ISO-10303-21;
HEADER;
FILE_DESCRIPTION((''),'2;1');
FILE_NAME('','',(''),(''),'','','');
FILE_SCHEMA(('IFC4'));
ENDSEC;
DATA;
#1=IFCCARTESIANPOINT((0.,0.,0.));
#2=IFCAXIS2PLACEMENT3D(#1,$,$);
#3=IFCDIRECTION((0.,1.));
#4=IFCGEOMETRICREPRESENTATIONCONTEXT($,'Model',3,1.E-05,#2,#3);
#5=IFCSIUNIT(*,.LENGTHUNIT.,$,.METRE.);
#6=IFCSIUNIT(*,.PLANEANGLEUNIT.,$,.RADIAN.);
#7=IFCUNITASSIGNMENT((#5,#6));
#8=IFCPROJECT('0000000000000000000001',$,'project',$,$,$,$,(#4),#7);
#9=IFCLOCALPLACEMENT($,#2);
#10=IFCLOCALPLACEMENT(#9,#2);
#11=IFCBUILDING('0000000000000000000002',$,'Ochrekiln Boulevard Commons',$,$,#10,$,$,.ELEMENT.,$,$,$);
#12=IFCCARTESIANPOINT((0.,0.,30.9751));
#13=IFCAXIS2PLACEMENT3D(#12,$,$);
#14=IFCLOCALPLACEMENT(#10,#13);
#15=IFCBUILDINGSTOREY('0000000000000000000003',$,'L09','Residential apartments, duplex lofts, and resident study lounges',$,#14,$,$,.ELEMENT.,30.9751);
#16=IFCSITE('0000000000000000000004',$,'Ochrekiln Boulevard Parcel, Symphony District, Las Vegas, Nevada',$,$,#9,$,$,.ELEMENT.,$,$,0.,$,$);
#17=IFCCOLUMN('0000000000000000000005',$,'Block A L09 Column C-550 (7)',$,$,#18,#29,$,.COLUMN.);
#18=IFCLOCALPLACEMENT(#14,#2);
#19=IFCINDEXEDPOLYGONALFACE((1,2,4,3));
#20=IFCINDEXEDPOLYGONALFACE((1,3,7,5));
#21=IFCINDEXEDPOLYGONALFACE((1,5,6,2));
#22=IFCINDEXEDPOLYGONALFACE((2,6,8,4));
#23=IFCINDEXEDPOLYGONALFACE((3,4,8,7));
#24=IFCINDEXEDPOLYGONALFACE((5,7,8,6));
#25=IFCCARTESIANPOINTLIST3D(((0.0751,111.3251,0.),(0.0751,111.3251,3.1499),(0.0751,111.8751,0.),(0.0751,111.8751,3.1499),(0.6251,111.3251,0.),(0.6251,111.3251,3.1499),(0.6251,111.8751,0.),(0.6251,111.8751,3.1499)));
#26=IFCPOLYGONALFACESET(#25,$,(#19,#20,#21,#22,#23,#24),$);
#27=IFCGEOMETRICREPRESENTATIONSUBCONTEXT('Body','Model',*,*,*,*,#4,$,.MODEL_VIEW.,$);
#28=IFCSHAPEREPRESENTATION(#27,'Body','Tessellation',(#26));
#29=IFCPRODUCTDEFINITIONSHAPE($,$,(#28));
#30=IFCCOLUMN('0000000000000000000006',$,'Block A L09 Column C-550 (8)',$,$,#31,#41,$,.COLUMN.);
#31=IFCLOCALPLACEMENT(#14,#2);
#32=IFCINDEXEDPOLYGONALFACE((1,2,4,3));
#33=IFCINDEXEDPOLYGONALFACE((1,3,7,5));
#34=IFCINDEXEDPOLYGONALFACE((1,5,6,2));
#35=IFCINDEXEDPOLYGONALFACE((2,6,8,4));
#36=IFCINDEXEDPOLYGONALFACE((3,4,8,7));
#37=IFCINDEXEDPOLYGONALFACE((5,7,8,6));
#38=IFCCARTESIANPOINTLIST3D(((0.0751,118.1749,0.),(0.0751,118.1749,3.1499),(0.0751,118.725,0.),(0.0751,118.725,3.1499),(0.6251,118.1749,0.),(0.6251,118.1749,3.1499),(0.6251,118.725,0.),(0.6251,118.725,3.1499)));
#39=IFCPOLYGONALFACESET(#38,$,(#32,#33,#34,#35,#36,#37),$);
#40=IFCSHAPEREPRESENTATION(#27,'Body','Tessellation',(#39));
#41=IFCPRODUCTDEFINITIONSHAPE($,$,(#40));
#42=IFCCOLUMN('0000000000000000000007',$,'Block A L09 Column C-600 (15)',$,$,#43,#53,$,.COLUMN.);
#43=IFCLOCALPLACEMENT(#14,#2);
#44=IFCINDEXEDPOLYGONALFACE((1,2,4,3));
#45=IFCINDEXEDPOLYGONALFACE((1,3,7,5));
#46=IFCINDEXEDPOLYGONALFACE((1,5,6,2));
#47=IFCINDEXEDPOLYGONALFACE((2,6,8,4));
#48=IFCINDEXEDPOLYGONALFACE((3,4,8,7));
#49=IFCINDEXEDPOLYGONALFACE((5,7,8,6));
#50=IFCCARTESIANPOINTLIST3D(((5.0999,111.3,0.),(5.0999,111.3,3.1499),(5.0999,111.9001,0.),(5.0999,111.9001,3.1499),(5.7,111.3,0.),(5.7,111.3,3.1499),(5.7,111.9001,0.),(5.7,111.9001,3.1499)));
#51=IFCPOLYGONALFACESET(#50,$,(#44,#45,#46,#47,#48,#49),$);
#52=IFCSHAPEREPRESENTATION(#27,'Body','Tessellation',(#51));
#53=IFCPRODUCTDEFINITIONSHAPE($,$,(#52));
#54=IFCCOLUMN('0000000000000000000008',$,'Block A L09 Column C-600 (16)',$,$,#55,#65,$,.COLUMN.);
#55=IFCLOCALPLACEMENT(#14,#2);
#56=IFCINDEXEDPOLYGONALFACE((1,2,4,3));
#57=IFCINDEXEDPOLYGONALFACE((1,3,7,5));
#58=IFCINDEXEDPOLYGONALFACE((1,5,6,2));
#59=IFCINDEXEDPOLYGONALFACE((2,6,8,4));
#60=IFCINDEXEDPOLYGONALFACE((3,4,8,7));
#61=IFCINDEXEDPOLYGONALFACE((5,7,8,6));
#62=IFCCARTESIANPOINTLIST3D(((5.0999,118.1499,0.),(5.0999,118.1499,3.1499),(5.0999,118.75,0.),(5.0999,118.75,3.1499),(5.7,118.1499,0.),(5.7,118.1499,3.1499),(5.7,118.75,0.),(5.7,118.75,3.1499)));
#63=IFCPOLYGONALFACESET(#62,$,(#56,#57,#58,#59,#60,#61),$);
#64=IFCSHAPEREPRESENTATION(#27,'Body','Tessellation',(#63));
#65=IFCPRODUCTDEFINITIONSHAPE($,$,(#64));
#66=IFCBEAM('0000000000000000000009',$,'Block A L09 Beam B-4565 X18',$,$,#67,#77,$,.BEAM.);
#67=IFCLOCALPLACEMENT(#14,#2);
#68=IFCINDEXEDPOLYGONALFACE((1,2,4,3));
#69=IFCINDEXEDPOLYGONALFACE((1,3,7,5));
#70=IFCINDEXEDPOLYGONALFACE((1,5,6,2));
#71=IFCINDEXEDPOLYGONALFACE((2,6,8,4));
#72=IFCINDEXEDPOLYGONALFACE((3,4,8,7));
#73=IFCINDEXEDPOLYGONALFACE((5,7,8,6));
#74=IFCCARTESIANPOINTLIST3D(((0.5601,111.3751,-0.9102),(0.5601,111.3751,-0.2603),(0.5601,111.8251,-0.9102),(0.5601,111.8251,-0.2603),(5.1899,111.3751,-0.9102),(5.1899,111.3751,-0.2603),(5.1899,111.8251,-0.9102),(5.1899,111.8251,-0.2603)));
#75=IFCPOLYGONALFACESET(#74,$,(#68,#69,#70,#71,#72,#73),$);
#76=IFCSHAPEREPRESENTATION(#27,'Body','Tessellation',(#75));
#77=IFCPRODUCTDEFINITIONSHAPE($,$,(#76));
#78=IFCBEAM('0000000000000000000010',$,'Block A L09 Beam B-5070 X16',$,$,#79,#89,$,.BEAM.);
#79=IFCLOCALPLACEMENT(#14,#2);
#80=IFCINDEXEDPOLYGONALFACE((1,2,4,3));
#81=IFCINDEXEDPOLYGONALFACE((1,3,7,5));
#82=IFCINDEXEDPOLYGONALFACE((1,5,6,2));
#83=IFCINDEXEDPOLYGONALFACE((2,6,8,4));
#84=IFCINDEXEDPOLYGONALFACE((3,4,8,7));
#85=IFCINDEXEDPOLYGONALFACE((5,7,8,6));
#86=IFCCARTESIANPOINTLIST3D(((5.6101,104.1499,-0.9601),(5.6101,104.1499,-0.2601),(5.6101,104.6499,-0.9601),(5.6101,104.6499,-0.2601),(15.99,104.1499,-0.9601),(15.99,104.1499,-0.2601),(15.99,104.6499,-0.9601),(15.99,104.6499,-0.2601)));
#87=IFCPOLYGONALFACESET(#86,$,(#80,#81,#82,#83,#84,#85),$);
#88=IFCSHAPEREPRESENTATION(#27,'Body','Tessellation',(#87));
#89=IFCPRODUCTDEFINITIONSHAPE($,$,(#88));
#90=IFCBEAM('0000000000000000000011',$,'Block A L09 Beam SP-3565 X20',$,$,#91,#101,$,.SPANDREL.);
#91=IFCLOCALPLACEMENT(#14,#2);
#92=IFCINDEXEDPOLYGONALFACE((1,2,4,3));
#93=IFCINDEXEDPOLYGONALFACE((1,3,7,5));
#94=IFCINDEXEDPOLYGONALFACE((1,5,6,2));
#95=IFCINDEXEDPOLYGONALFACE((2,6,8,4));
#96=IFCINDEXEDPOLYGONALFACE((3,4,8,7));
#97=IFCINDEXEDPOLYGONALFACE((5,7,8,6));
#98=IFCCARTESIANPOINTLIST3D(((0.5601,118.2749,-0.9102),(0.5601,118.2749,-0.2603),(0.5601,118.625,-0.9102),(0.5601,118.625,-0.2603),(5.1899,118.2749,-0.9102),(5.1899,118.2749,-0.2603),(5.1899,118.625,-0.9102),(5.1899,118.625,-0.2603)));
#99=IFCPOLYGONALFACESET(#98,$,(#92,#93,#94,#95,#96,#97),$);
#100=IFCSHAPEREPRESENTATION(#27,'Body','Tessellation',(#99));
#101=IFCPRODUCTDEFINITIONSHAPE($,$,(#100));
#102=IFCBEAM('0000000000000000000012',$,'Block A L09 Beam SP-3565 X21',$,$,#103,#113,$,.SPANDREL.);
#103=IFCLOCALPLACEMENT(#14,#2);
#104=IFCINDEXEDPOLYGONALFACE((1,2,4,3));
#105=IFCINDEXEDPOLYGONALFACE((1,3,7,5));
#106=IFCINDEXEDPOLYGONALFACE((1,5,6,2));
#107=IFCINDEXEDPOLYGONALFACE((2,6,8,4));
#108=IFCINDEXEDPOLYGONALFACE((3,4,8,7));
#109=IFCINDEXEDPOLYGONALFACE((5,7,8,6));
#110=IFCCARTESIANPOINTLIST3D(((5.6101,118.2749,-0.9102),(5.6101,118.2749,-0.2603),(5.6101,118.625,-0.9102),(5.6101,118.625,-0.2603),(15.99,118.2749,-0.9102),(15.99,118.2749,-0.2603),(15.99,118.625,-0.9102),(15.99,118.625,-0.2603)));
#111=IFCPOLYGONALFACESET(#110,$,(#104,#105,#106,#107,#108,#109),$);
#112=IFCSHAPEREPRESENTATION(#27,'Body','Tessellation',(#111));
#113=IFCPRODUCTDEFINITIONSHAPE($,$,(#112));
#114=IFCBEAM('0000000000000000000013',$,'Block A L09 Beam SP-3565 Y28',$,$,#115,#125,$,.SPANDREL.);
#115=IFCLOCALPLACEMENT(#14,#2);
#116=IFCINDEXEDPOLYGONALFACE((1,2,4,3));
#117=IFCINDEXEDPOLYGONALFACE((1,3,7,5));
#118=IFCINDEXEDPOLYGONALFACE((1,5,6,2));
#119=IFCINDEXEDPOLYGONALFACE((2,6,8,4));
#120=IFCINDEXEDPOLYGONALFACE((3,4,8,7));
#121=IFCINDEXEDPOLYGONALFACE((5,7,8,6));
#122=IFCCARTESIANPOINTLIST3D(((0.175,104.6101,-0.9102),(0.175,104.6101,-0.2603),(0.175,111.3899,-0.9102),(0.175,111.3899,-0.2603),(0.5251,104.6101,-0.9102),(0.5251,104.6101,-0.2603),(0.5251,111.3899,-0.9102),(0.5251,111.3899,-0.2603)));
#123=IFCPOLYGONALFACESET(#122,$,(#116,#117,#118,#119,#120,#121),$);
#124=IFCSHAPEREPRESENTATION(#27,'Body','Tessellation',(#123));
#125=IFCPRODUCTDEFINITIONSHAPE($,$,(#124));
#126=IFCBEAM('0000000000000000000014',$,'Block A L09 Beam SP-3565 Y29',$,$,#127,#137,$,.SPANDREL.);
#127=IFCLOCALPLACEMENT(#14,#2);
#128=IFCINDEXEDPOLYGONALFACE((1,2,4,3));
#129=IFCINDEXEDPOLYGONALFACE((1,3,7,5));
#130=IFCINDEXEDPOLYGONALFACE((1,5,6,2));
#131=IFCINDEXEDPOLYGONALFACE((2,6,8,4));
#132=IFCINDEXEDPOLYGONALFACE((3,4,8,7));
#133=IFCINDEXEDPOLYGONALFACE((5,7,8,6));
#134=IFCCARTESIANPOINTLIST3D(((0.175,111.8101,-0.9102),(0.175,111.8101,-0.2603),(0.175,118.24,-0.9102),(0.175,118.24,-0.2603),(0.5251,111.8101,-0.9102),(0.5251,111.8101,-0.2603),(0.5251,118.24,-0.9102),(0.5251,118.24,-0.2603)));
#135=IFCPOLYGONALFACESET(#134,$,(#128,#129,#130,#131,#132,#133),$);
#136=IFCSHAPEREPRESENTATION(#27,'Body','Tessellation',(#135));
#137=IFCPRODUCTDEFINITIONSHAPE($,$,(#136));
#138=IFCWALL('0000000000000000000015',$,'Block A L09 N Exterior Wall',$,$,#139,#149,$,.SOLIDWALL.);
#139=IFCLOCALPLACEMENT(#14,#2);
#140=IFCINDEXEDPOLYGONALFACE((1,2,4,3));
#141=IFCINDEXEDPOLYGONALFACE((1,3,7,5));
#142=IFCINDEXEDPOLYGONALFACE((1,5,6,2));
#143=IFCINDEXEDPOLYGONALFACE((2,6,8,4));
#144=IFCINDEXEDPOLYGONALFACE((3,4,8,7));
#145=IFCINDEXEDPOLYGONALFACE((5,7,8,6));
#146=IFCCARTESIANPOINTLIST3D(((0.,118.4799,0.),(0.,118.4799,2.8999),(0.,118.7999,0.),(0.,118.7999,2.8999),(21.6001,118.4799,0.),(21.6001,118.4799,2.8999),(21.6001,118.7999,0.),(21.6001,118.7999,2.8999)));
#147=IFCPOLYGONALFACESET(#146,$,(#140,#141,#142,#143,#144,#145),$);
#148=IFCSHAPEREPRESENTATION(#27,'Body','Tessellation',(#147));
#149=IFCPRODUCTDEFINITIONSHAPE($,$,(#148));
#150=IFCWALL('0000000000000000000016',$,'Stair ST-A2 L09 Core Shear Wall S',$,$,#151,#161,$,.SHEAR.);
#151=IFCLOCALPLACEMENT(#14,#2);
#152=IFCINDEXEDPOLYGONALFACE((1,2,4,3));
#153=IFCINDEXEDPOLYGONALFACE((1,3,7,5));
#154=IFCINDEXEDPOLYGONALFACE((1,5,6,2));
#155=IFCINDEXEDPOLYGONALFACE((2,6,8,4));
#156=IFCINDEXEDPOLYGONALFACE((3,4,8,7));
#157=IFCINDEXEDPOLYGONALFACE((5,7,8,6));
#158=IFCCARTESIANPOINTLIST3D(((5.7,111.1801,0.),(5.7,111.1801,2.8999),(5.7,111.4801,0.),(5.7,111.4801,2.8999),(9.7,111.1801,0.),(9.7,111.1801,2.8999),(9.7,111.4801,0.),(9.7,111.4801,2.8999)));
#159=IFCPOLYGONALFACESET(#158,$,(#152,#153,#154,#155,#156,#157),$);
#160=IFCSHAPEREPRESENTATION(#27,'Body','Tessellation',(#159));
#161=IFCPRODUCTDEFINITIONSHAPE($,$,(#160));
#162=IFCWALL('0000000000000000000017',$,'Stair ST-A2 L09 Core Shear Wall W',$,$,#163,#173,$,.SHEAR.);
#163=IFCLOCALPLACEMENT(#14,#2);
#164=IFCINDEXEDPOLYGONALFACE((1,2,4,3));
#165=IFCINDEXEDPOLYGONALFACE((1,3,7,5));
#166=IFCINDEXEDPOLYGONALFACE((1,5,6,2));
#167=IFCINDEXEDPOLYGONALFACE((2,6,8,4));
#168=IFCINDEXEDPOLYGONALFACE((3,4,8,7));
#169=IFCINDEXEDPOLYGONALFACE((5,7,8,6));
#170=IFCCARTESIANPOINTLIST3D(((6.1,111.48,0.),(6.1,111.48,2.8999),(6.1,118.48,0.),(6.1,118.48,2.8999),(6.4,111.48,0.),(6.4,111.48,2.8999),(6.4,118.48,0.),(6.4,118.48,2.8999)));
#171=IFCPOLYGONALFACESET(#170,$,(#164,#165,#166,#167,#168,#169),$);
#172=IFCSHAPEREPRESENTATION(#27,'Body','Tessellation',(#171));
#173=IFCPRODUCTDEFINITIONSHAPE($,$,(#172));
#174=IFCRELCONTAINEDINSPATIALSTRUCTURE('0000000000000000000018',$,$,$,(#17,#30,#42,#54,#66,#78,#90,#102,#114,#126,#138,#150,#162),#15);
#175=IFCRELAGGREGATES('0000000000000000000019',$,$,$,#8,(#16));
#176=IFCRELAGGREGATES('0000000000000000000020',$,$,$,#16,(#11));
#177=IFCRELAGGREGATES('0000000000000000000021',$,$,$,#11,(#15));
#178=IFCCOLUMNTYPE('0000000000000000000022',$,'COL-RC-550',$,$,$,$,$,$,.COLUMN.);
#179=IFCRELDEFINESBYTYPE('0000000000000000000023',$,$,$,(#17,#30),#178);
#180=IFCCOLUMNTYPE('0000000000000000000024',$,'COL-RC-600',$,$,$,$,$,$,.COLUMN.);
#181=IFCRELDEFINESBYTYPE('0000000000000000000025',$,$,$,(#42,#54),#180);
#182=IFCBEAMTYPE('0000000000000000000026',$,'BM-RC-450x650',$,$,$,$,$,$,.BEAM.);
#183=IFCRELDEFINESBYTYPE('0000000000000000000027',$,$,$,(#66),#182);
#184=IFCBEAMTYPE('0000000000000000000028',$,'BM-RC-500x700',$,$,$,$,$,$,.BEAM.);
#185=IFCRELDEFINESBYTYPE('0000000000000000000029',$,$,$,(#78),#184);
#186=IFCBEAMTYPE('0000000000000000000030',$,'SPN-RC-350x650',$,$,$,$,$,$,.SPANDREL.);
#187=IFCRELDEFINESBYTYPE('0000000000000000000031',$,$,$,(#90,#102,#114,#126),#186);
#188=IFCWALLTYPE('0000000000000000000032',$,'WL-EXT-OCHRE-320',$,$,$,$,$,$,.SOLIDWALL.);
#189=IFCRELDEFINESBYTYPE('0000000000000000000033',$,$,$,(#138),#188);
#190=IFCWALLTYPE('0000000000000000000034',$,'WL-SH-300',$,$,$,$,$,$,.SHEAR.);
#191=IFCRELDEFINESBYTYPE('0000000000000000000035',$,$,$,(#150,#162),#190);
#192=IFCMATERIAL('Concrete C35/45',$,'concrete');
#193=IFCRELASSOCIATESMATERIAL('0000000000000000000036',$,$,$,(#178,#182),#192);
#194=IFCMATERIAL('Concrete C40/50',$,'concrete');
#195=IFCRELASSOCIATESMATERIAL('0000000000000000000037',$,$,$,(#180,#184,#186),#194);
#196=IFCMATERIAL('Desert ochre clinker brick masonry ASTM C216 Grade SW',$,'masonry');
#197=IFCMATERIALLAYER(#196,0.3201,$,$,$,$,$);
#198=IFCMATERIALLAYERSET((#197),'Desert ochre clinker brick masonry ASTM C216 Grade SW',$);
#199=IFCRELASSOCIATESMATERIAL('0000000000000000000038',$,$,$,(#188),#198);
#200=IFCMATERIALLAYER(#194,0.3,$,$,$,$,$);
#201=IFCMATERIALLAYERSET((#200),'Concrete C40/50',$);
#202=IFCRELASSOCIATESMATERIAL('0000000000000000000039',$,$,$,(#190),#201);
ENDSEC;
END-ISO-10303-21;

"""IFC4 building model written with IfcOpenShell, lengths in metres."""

from ifc_helpers import new_model, si_unit, direction, frame, frame_2d, origin, origin_2d, place, context, subcontext, project, spatial, rectangle, extrude, material, layer, layer_set, material_profile, profile_set, type_object, element, save


model = new_model("IFC4")

# Units and contexts
model_context = context("Model", 3, precision=1e-05, world=origin(), true_north=direction((0.0, 1.0)))
body_context = subcontext(model_context, "Body", "Model", "MODEL_VIEW")
ifc_project = project(units=[si_unit("LENGTHUNIT", "METRE"), si_unit("PLANEANGLEUNIT", "RADIAN")], contexts=[model_context])

# Site, building, storey
site_placement = place(None, origin())
site = spatial("IfcSite", under=ifc_project, at=site_placement, Name="Ochrekiln Boulevard Parcel, Symphony District, Las Vegas, Nevada", CompositionType="ELEMENT", RefElevation=0.0)
building_placement = place(site_placement, origin())
building = spatial("IfcBuilding", under=site, at=building_placement, Name="Ochrekiln Boulevard Commons", CompositionType="ELEMENT")
storey_placement = place(building_placement, frame((0.0, 0.0, 30.9751)))
storey = spatial("IfcBuildingStorey", under=building, at=storey_placement, Name="L09", Description="Residential apartments, duplex lofts, and resident study lounges", CompositionType="ELEMENT", Elevation=30.9751)

# Columns
ifc_material_1 = material(Name="Concrete C35/45", Category="concrete")
ifc_material_profile_1 = material_profile(ifc_material_1, rectangle(XDim=0.55, YDim=0.55, at=origin_2d()), Name="RC-COL-550x550")
ifc_profile_set_1 = profile_set([ifc_material_profile_1], Name="Concrete C35/45")
column_type_1 = type_object("IfcColumnType", Name="COL-RC-550", PredefinedType="COLUMN", material=ifc_profile_set_1)
for number, where, z_axis, x_axis, name in (
    (1, (0.3501, 111.6001, 0.0), (0.0, 0.0, 1.0), (1.0, 0.0, 0.0), "Block A L09 Column C-550 (7)"),
    (2, (0.3501, 118.45, 0.0), (0.0, 0.0, 1.0), (1.0, 0.0, 0.0), "Block A L09 Column C-550 (8)"),
):
    element("IfcColumn", number, at=place(storey_placement, frame(where, z_axis=z_axis, x_axis=x_axis)), inside=storey, type_object=column_type_1, Name=name, PredefinedType="COLUMN", context=body_context, shape_type="SweptSolid", body=[
        extrude(rectangle(XDim=0.55, YDim=0.55, at=origin_2d()), origin(), (0.0, 0.0, 1.0), 3.1499),
    ])
ifc_material_2 = material(Name="Concrete C40/50", Category="concrete")
ifc_material_profile_2 = material_profile(ifc_material_2, rectangle(XDim=0.6001, YDim=0.6001, at=origin_2d()), Name="RC-COL-600x600")
ifc_profile_set_2 = profile_set([ifc_material_profile_2], Name="Concrete C40/50")
column_type_2 = type_object("IfcColumnType", Name="COL-RC-600", PredefinedType="COLUMN", material=ifc_profile_set_2)
for number, where, z_axis, x_axis, name in (
    (3, (5.3999, 111.6001, 0.0), (0.0, 0.0, 1.0), (1.0, 0.0, 0.0), "Block A L09 Column C-600 (15)"),
    (4, (5.3999, 118.45, 0.0), (0.0, 0.0, 1.0), (1.0, 0.0, 0.0), "Block A L09 Column C-600 (16)"),
):
    element("IfcColumn", number, at=place(storey_placement, frame(where, z_axis=z_axis, x_axis=x_axis)), inside=storey, type_object=column_type_2, Name=name, PredefinedType="COLUMN", context=body_context, shape_type="SweptSolid", body=[
        extrude(rectangle(XDim=0.6001, YDim=0.6001, at=origin_2d()), origin(), (0.0, 0.0, 1.0), 3.1499),
    ])

# Beams
ifc_material_profile_3 = material_profile(ifc_material_1, rectangle(XDim=0.45, YDim=0.6499, at=origin_2d()), Name="RC-BM-450x650")
ifc_profile_set_3 = profile_set([ifc_material_profile_3], Name="Concrete C35/45")
beam_type_1 = type_object("IfcBeamType", Name="BM-RC-450x650", PredefinedType="BEAM", material=ifc_profile_set_3)
beam_1_placement = place(storey_placement, frame((0.5601, 111.6001, -0.5852), z_axis=(1.0, 0.0, 0.0), x_axis=(0.0, 1.0, 0.0)))
element("IfcBeam", 5, at=beam_1_placement, inside=storey, type_object=beam_type_1, Name="Block A L09 Beam B-4565 X18", PredefinedType="BEAM", context=body_context, shape_type="SweptSolid", body=[
    extrude(rectangle(XDim=0.45, YDim=0.6499, at=origin_2d()), origin(), (0.0, 0.0, 1.0), 4.6299),
])
ifc_material_profile_4 = material_profile(ifc_material_2, rectangle(XDim=0.5, YDim=0.7, at=origin_2d()), Name="RC-BM-500x700")
ifc_profile_set_4 = profile_set([ifc_material_profile_4], Name="Concrete C40/50")
beam_type_2 = type_object("IfcBeamType", Name="BM-RC-500x700", PredefinedType="BEAM", material=ifc_profile_set_4)
beam_2_placement = place(storey_placement, frame((5.6101, 104.3999, -0.6101), z_axis=(1.0, 0.0, 0.0), x_axis=(0.0, 1.0, 0.0)))
element("IfcBeam", 6, at=beam_2_placement, inside=storey, type_object=beam_type_2, Name="Block A L09 Beam B-5070 X16", PredefinedType="BEAM", context=body_context, shape_type="SweptSolid", body=[
    extrude(rectangle(XDim=0.5, YDim=0.7, at=origin_2d()), origin(), (0.0, 0.0, 1.0), 10.3799),
])
ifc_material_profile_5 = material_profile(ifc_material_2, rectangle(XDim=0.3501, YDim=0.6499, at=origin_2d()), Name="RC-SPN-350x650")
ifc_profile_set_5 = profile_set([ifc_material_profile_5], Name="Concrete C40/50")
beam_type_3 = type_object("IfcBeamType", Name="SPN-RC-350x650", PredefinedType="SPANDREL", material=ifc_profile_set_5)
beam_3_placement = place(storey_placement, frame((0.5601, 118.45, -0.5852), z_axis=(1.0, 0.0, 0.0), x_axis=(0.0, 1.0, 0.0)))
element("IfcBeam", 7, at=beam_3_placement, inside=storey, type_object=beam_type_3, Name="Block A L09 Beam SP-3565 X20", PredefinedType="SPANDREL", context=body_context, shape_type="SweptSolid", body=[
    extrude(rectangle(XDim=0.3501, YDim=0.6499, at=origin_2d()), origin(), (0.0, 0.0, 1.0), 4.6299),
])
beam_4_placement = place(storey_placement, frame((5.6101, 118.45, -0.5852), z_axis=(1.0, 0.0, 0.0), x_axis=(0.0, 1.0, 0.0)))
element("IfcBeam", 8, at=beam_4_placement, inside=storey, type_object=beam_type_3, Name="Block A L09 Beam SP-3565 X21", PredefinedType="SPANDREL", context=body_context, shape_type="SweptSolid", body=[
    extrude(rectangle(XDim=0.3501, YDim=0.6499, at=origin_2d()), origin(), (0.0, 0.0, 1.0), 10.3799),
])
beam_5_placement = place(storey_placement, frame((0.3501, 104.6101, -0.5852), z_axis=(0.0, 1.0, 0.0), x_axis=(-1.0, 0.0, 0.0)))
element("IfcBeam", 9, at=beam_5_placement, inside=storey, type_object=beam_type_3, Name="Block A L09 Beam SP-3565 Y28", PredefinedType="SPANDREL", context=body_context, shape_type="SweptSolid", body=[
    extrude(rectangle(XDim=0.3501, YDim=0.6499, at=origin_2d()), origin(), (0.0, 0.0, 1.0), 6.7798),
])
beam_6_placement = place(storey_placement, frame((0.3501, 111.8101, -0.5852), z_axis=(0.0, 1.0, 0.0), x_axis=(-1.0, 0.0, 0.0)))
element("IfcBeam", 10, at=beam_6_placement, inside=storey, type_object=beam_type_3, Name="Block A L09 Beam SP-3565 Y29", PredefinedType="SPANDREL", context=body_context, shape_type="SweptSolid", body=[
    extrude(rectangle(XDim=0.3501, YDim=0.6499, at=origin_2d()), origin(), (0.0, 0.0, 1.0), 6.4299),
])

# Walls
ifc_material_3 = material(Name="Desert ochre clinker brick masonry ASTM C216 Grade SW", Category="masonry")
ifc_layer_1 = layer(ifc_material_3, 0.3201)
ifc_layer_set_1 = layer_set([ifc_layer_1], Name="Desert ochre clinker brick masonry ASTM C216 Grade SW")
wall_type_1 = type_object("IfcWallType", Name="WL-EXT-OCHRE-320", PredefinedType="SOLIDWALL", material=ifc_layer_set_1)
wall_1_placement = place(storey_placement, frame((0.0, 118.6399, 0.0), z_axis=(0.0, 0.0, 1.0), x_axis=(1.0, 0.0, 0.0)))
element("IfcWall", 11, at=wall_1_placement, inside=storey, type_object=wall_type_1, Name="Block A L09 N Exterior Wall", PredefinedType="SOLIDWALL", context=body_context, shape_type="SweptSolid", body=[
    extrude(rectangle(XDim=21.6001, YDim=0.3201, at=frame_2d((10.8, 0.0))), origin(), (0.0, 0.0, 1.0), 2.8999),
])
ifc_layer_2 = layer(ifc_material_2, 0.3)
ifc_layer_set_2 = layer_set([ifc_layer_2], Name="Concrete C40/50")
wall_type_2 = type_object("IfcWallType", Name="WL-SH-300", PredefinedType="SHEAR", material=ifc_layer_set_2)
wall_2_placement = place(storey_placement, frame((5.7, 111.3301, 0.0), z_axis=(0.0, 0.0, 1.0), x_axis=(1.0, 0.0, 0.0)))
element("IfcWall", 12, at=wall_2_placement, inside=storey, type_object=wall_type_2, Name="Stair ST-A2 L09 Core Shear Wall S", PredefinedType="SHEAR", context=body_context, shape_type="SweptSolid", body=[
    extrude(rectangle(XDim=4.0, YDim=0.3, at=frame_2d((2.0, 0.0))), origin(), (0.0, 0.0, 1.0), 2.8999),
])
wall_3_placement = place(storey_placement, frame((6.25, 111.48, 0.0), z_axis=(0.0, 0.0, 1.0), x_axis=(0.0, 1.0, 0.0)))
element("IfcWall", 13, at=wall_3_placement, inside=storey, type_object=wall_type_2, Name="Stair ST-A2 L09 Core Shear Wall W", PredefinedType="SHEAR", context=body_context, shape_type="SweptSolid", body=[
    extrude(rectangle(XDim=7.0, YDim=0.3, at=frame_2d((3.5, 0.0))), origin(), (0.0, 0.0, 1.0), 2.8999),
])

save(model, "model.ifc")
